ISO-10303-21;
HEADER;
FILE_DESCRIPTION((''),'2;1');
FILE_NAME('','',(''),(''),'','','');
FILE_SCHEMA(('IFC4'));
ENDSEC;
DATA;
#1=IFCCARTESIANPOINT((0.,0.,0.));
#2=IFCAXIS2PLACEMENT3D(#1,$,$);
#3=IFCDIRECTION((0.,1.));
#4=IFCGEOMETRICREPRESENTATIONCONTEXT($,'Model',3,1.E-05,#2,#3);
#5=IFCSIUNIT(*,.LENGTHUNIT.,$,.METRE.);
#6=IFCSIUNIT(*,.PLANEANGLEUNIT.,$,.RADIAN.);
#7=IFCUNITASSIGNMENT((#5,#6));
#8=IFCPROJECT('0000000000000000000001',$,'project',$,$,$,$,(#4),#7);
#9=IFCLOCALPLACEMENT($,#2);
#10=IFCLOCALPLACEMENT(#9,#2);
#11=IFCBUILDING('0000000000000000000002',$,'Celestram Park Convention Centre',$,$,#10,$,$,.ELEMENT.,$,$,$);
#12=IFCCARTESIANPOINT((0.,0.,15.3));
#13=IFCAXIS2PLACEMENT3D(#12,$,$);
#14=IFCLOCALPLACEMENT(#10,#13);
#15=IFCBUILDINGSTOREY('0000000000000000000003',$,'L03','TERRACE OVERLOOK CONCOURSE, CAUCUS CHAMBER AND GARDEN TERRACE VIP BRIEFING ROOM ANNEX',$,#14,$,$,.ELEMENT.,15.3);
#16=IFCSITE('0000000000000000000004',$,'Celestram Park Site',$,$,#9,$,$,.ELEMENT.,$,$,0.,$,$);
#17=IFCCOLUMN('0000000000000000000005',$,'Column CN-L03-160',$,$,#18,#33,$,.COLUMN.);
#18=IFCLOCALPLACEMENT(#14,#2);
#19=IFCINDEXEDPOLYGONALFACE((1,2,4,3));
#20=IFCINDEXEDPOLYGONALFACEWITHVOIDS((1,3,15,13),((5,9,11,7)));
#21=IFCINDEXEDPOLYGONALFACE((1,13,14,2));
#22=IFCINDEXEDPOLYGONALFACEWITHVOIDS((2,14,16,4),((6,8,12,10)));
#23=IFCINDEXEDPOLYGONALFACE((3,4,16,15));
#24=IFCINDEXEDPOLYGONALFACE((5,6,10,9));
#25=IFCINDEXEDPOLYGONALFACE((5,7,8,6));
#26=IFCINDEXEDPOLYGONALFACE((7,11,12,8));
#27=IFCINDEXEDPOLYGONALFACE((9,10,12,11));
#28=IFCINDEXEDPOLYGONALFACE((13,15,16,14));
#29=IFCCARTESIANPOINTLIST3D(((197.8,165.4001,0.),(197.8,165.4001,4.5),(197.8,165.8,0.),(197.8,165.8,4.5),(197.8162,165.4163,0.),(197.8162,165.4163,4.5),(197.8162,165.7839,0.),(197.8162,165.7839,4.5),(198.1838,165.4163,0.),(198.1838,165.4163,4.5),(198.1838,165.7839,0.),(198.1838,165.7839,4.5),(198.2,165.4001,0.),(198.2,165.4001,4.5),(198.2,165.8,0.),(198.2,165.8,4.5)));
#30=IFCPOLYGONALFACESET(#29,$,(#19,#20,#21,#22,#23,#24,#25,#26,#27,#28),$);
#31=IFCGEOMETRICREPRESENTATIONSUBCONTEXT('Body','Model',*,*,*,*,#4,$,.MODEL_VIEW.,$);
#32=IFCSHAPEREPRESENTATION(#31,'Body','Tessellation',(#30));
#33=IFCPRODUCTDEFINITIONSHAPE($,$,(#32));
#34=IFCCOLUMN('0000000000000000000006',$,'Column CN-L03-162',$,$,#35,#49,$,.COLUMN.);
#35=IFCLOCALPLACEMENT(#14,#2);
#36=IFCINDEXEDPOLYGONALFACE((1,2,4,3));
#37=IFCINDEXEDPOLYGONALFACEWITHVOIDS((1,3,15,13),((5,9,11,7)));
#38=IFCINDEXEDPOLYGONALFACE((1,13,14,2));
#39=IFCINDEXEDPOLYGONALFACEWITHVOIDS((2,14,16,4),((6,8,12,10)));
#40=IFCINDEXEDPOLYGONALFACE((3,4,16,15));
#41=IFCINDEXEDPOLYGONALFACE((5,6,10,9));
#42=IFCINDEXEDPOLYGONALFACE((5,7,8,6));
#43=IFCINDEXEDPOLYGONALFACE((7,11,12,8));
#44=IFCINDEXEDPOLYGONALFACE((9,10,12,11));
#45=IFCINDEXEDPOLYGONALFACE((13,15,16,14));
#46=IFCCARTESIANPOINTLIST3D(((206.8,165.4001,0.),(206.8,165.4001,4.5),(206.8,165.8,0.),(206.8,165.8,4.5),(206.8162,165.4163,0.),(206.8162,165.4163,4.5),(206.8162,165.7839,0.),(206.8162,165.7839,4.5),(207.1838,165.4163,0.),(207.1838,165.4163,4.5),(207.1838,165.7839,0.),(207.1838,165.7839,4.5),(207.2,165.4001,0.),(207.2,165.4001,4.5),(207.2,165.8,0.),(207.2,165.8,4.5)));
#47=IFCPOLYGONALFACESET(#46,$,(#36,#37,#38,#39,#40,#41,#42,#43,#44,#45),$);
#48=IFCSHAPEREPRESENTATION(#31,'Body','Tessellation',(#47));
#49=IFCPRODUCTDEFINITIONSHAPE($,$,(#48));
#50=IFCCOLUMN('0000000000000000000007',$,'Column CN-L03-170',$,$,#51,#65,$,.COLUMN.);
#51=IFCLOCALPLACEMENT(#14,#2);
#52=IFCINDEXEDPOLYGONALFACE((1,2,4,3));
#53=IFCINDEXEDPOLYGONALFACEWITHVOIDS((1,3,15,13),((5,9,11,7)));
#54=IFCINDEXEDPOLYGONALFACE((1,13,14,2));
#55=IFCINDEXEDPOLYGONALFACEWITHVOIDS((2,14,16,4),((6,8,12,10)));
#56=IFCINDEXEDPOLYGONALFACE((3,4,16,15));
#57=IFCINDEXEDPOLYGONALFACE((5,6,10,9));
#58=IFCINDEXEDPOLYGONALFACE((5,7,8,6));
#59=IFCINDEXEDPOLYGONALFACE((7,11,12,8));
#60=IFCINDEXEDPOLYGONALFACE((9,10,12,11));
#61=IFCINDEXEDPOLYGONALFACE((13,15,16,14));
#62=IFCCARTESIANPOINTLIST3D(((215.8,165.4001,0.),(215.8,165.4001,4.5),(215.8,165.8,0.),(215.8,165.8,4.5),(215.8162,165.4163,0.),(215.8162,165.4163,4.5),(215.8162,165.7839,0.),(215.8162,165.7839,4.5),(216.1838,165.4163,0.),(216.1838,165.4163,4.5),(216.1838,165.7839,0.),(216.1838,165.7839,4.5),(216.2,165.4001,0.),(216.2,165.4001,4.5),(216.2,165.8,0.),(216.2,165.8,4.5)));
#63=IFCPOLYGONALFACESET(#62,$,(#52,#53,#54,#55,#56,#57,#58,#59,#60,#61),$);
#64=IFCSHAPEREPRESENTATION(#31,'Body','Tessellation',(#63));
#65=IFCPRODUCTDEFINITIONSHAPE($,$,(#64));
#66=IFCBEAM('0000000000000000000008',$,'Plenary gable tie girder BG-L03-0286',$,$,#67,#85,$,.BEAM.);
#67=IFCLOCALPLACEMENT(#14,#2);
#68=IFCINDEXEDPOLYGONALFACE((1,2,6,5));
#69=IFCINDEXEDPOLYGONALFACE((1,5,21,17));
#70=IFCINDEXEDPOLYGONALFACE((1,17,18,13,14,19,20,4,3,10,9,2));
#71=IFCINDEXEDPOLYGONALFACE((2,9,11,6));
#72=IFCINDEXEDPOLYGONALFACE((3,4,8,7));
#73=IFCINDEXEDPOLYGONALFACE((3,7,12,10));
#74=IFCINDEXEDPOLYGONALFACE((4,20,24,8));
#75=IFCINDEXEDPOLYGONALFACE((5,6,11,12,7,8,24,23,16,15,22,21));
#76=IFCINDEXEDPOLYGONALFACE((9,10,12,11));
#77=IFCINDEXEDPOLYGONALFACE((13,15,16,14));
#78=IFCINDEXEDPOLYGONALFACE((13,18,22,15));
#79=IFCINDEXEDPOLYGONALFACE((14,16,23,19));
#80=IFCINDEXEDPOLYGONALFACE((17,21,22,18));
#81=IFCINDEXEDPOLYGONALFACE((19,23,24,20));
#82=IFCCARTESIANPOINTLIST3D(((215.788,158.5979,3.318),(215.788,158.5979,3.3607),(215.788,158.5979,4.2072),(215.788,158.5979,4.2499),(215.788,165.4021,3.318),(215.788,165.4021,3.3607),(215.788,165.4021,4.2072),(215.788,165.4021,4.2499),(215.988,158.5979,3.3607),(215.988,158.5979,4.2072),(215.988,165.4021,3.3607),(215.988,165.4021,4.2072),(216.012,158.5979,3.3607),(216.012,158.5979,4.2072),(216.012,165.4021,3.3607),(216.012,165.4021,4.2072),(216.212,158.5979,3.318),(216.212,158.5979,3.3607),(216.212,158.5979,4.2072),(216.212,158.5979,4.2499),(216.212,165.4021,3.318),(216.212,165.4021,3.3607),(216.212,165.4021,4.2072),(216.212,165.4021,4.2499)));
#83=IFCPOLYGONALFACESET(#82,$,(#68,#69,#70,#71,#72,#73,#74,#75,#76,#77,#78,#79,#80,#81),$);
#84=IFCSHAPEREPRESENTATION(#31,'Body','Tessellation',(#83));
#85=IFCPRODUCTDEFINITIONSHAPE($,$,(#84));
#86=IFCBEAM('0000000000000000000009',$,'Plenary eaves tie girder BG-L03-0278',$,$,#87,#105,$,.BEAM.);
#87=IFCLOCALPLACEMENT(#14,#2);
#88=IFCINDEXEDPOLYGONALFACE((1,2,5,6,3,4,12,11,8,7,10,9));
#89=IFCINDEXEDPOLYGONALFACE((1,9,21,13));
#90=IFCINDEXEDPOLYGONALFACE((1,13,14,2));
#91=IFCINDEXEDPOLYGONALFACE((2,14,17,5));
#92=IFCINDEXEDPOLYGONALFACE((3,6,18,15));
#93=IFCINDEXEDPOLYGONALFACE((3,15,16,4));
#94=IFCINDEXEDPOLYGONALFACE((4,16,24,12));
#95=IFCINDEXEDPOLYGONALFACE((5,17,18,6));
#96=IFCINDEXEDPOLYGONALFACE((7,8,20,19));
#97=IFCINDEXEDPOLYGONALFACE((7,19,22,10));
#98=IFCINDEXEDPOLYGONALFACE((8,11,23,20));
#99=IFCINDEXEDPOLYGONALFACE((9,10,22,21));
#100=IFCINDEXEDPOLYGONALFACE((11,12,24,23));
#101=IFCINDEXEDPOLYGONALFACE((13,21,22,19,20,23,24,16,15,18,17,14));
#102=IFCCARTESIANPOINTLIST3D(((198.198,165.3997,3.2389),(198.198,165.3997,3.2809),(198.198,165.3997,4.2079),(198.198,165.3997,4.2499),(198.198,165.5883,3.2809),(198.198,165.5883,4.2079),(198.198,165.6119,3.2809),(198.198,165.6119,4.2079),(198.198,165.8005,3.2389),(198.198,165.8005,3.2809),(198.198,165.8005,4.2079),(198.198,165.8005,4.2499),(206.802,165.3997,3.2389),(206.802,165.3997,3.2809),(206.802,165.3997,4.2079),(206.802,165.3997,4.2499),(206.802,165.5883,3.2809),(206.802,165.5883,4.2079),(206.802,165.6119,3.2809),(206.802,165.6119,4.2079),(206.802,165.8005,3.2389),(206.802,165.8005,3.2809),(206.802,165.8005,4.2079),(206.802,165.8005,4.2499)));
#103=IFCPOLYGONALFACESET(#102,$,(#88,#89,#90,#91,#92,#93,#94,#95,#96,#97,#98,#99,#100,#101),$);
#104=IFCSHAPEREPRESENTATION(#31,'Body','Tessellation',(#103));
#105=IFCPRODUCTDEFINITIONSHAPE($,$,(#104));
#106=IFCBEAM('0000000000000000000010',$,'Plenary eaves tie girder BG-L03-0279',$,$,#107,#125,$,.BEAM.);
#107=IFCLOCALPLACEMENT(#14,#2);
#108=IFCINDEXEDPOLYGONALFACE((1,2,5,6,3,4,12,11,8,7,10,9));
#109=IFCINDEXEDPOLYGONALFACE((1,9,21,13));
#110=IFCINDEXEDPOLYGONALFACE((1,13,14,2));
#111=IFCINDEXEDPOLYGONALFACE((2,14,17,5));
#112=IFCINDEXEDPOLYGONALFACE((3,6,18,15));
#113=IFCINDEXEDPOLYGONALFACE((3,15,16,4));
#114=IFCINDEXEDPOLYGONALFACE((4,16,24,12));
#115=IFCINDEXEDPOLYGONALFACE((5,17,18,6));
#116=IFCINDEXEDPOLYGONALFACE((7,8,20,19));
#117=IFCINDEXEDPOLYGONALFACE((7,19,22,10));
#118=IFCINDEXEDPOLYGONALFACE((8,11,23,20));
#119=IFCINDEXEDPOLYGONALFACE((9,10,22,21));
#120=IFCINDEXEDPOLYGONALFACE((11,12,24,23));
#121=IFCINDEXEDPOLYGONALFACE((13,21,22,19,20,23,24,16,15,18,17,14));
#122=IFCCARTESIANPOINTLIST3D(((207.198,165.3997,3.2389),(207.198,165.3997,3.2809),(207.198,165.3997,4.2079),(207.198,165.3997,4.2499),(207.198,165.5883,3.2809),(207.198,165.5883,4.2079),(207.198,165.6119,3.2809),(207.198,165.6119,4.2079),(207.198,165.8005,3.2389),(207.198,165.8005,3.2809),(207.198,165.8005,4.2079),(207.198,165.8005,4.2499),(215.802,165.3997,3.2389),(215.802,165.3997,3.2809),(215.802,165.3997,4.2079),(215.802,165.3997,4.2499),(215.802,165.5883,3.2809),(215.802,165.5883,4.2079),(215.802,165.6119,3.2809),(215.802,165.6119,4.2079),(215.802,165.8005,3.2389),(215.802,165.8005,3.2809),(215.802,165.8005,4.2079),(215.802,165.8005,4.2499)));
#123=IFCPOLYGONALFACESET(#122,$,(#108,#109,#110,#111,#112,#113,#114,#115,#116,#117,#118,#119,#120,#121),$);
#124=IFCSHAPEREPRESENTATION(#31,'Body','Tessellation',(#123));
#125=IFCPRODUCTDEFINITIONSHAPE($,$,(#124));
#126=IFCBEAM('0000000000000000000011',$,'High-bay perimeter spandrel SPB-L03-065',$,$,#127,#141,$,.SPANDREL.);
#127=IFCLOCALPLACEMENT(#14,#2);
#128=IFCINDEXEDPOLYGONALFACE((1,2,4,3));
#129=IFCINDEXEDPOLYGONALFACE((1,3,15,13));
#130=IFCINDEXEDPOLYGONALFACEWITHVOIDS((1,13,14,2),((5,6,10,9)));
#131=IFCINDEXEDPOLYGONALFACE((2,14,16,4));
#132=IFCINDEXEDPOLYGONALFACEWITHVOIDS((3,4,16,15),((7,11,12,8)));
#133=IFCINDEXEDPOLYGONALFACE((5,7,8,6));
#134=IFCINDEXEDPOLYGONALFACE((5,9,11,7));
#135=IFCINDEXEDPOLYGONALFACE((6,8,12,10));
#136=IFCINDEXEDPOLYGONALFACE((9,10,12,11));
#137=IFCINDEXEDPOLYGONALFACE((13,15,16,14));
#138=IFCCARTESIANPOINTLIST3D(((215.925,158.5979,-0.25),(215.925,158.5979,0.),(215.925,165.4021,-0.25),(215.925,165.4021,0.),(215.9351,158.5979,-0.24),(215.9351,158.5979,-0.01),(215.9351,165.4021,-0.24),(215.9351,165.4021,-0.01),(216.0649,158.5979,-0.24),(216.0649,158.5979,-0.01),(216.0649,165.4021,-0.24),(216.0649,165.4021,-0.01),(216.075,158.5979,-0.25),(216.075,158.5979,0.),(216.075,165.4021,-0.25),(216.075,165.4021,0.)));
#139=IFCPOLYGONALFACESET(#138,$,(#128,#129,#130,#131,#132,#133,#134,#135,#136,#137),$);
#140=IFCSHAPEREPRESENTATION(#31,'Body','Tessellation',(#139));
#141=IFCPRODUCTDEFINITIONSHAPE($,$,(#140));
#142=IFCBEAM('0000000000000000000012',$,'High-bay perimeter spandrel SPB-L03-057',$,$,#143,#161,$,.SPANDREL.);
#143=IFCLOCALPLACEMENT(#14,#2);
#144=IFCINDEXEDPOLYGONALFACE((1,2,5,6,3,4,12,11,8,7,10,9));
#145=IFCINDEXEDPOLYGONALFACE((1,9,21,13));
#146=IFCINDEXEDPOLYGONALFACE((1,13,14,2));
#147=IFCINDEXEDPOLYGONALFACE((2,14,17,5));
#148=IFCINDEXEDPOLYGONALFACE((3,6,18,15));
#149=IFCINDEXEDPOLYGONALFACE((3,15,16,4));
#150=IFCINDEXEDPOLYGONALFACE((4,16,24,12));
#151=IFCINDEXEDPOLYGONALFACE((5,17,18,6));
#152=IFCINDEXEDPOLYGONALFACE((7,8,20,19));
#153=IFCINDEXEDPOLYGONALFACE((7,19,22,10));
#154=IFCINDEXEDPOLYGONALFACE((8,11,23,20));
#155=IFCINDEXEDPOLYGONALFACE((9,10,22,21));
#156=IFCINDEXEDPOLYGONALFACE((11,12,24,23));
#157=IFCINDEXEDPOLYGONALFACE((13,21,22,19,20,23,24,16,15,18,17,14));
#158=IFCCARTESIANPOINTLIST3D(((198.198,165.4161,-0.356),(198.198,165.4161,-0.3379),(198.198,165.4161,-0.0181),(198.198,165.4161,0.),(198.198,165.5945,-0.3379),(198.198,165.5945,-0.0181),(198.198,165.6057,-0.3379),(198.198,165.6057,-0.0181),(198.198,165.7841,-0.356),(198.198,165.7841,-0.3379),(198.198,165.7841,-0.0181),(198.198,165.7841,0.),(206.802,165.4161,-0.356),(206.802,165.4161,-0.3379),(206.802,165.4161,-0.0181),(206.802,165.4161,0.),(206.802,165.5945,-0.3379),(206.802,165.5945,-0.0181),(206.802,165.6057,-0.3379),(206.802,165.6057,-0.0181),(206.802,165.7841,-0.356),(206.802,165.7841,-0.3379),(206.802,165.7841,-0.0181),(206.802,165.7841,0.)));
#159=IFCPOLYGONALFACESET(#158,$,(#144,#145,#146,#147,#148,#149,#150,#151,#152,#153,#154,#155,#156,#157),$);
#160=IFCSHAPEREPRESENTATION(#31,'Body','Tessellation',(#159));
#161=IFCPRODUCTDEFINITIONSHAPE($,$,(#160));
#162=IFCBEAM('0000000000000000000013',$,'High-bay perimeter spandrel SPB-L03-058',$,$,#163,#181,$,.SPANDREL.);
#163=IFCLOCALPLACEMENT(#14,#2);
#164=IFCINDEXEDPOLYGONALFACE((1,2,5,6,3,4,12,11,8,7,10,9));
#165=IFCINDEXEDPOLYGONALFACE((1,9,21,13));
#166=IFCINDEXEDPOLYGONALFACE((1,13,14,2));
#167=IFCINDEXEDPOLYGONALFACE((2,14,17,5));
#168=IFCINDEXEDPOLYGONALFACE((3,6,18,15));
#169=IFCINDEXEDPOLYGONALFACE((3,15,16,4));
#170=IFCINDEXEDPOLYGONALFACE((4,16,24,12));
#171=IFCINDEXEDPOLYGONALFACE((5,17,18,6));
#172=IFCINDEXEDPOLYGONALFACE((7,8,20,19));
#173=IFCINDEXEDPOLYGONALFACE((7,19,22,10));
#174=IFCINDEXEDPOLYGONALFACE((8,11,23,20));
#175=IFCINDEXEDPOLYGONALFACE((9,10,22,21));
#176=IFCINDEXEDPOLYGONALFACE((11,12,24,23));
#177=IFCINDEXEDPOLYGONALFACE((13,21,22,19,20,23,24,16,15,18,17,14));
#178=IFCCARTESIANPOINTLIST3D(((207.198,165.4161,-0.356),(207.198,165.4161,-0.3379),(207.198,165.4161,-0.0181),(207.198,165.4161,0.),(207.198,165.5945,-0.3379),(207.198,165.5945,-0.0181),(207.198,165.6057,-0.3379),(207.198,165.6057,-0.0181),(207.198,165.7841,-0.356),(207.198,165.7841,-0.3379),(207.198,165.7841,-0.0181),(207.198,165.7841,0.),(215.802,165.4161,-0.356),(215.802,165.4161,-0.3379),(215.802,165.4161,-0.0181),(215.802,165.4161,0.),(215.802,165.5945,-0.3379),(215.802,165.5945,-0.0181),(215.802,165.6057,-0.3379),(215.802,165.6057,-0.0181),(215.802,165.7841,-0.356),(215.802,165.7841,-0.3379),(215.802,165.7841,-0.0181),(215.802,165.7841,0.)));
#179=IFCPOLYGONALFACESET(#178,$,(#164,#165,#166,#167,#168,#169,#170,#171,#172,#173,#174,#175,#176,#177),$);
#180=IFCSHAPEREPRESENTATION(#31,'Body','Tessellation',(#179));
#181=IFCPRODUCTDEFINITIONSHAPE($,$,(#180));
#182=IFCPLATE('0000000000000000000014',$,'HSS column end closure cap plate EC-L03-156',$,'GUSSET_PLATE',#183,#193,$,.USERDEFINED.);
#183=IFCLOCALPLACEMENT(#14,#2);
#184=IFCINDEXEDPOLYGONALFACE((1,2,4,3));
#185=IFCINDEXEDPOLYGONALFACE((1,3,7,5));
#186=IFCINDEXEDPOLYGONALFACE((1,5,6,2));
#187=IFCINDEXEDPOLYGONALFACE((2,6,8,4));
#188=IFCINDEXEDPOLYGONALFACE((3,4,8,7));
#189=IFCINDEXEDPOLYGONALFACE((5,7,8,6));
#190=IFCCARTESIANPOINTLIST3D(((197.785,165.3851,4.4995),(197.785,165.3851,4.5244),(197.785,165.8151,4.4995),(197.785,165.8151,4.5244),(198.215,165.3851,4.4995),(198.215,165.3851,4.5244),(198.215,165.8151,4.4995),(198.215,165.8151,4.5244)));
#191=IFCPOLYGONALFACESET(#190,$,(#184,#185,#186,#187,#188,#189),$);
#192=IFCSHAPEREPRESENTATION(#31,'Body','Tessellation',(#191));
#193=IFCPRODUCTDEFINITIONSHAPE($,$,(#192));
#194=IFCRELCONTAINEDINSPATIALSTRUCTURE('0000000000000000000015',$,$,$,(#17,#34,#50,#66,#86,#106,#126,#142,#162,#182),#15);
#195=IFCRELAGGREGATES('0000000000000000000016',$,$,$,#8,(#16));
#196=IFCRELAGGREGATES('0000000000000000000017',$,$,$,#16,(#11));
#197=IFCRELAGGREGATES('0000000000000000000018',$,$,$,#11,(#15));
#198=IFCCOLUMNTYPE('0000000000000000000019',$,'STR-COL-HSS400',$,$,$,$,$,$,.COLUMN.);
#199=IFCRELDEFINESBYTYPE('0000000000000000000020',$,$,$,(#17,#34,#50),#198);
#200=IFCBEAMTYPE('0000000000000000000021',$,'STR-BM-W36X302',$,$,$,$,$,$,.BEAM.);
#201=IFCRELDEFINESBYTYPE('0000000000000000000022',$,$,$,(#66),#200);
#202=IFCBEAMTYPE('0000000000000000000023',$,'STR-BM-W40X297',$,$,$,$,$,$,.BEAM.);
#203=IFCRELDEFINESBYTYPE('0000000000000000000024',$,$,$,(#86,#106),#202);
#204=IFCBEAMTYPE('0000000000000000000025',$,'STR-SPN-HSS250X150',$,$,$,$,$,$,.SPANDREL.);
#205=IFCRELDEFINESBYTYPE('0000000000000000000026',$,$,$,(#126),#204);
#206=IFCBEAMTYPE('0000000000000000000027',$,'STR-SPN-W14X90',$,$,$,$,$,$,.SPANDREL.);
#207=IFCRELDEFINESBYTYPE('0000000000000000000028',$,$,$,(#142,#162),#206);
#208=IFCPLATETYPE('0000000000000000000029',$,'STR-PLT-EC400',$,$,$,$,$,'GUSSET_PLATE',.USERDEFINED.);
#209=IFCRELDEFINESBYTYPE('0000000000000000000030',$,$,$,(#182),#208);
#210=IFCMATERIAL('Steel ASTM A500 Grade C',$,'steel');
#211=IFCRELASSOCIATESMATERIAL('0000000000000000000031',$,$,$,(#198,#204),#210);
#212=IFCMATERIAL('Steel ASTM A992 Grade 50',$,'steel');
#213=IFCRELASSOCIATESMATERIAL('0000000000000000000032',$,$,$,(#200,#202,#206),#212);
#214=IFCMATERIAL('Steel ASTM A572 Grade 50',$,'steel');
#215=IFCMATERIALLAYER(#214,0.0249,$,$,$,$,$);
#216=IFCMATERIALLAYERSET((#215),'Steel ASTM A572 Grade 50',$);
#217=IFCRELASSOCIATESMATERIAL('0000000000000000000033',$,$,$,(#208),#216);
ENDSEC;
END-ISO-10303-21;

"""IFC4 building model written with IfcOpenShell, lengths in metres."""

from ifc_helpers import new_model, si_unit, direction, frame, origin, origin_2d, place, context, subcontext, project, spatial, rectangle, hollow_rectangle, i_section, extrude, material, layer, layer_set, material_profile, profile_set, type_object, element, save


model = new_model("IFC4")

# Units and contexts
model_context = context("Model", 3, precision=1e-05, world=origin(), true_north=direction((0.0, 1.0)))
body_context = subcontext(model_context, "Body", "Model", "MODEL_VIEW")
ifc_project = project(units=[si_unit("LENGTHUNIT", "METRE"), si_unit("PLANEANGLEUNIT", "RADIAN")], contexts=[model_context])

# Site, building, storey
site_placement = place(None, origin())
site = spatial("IfcSite", under=ifc_project, at=site_placement, Name="Celestram Park Site", CompositionType="ELEMENT", RefElevation=0.0)
building_placement = place(site_placement, origin())
building = spatial("IfcBuilding", under=site, at=building_placement, Name="Celestram Park Convention Centre", CompositionType="ELEMENT")
storey_placement = place(building_placement, frame((0.0, 0.0, 15.3)))
storey = spatial("IfcBuildingStorey", under=building, at=storey_placement, Name="L03", Description="TERRACE OVERLOOK CONCOURSE, CAUCUS CHAMBER AND GARDEN TERRACE VIP BRIEFING ROOM ANNEX", CompositionType="ELEMENT", Elevation=15.3)

# Columns
ifc_material_1 = material(Name="Steel ASTM A500 Grade C", Category="steel")
ifc_material_profile_1 = material_profile(ifc_material_1, hollow_rectangle(XDim=0.3999, YDim=0.3999, WallThickness=0.0161, at=origin_2d()), Name="HSS400X400X16")
ifc_profile_set_1 = profile_set([ifc_material_profile_1], Name="Steel ASTM A500 Grade C")
column_type = type_object("IfcColumnType", Name="STR-COL-HSS400", PredefinedType="COLUMN", material=ifc_profile_set_1)
for number, where, z_axis, x_axis, name in (
    (1, (198.0, 165.6001, 0.0), (0.0, 0.0, 1.0), (1.0, 0.0, 0.0), "Column CN-L03-160"),
    (2, (207.0, 165.6001, 0.0), (0.0, 0.0, 1.0), (1.0, 0.0, 0.0), "Column CN-L03-162"),
    (3, (216.0, 165.6001, 0.0), (0.0, 0.0, 1.0), (1.0, 0.0, 0.0), "Column CN-L03-170"),
):
    element("IfcColumn", number, at=place(storey_placement, frame(where, z_axis=z_axis, x_axis=x_axis)), inside=storey, type_object=column_type, Name=name, PredefinedType="COLUMN", context=body_context, shape_type="SweptSolid", body=[
        extrude(hollow_rectangle(XDim=0.3999, YDim=0.3999, WallThickness=0.0161, at=origin_2d()), origin(), (0.0, 0.0, 1.0), 4.5),
    ])

# Beams
ifc_material_2 = material(Name="Steel ASTM A992 Grade 50", Category="steel")
ifc_material_profile_2 = material_profile(ifc_material_2, i_section(OverallWidth=0.4241, OverallDepth=0.9319, WebThickness=0.0239, FlangeThickness=0.0427, at=origin_2d()), Name="W36X302")
ifc_profile_set_2 = profile_set([ifc_material_profile_2], Name="Steel ASTM A992 Grade 50")
beam_type_1 = type_object("IfcBeamType", Name="STR-BM-W36X302", PredefinedType="BEAM", material=ifc_profile_set_2)
beam_1_placement = place(storey_placement, frame((216.0, 158.5979, 3.7839), z_axis=(0.0, 1.0, 0.0), x_axis=(-1.0, 0.0, 0.0)))
element("IfcBeam", 4, at=beam_1_placement, inside=storey, type_object=beam_type_1, Name="Plenary gable tie girder BG-L03-0286", PredefinedType="BEAM", context=body_context, shape_type="SweptSolid", body=[
    extrude(i_section(OverallWidth=0.4241, OverallDepth=0.9319, WebThickness=0.0239, FlangeThickness=0.0427, at=origin_2d()), origin(), (0.0, 0.0, 1.0), 6.8042),
])
ifc_material_profile_3 = material_profile(ifc_material_2, i_section(OverallWidth=0.4009, OverallDepth=1.011, WebThickness=0.0237, FlangeThickness=0.042, at=origin_2d()), Name="W40X297")
ifc_profile_set_3 = profile_set([ifc_material_profile_3], Name="Steel ASTM A992 Grade 50")
beam_type_2 = type_object("IfcBeamType", Name="STR-BM-W40X297", PredefinedType="BEAM", material=ifc_profile_set_3)
for number, where, z_axis, x_axis, name in (
    (5, (198.198, 165.6001, 3.7444), (1.0, 0.0, 0.0), (0.0, 1.0, 0.0), "Plenary eaves tie girder BG-L03-0278"),
    (6, (207.198, 165.6001, 3.7444), (1.0, 0.0, 0.0), (0.0, 1.0, 0.0), "Plenary eaves tie girder BG-L03-0279"),
):
    element("IfcBeam", number, at=place(storey_placement, frame(where, z_axis=z_axis, x_axis=x_axis)), inside=storey, type_object=beam_type_2, Name=name, PredefinedType="BEAM", context=body_context, shape_type="SweptSolid", body=[
        extrude(i_section(OverallWidth=0.4009, OverallDepth=1.011, WebThickness=0.0237, FlangeThickness=0.042, at=origin_2d()), origin(), (0.0, 0.0, 1.0), 8.604),
    ])
ifc_material_profile_4 = material_profile(ifc_material_1, hollow_rectangle(XDim=0.1499, YDim=0.25, WallThickness=0.01, at=origin_2d()), Name="HSS250X150X10")
ifc_profile_set_4 = profile_set([ifc_material_profile_4], Name="Steel ASTM A500 Grade C")
beam_type_3 = type_object("IfcBeamType", Name="STR-SPN-HSS250X150", PredefinedType="SPANDREL", material=ifc_profile_set_4)
beam_2_placement = place(storey_placement, frame((216.0, 158.5979, -0.125), z_axis=(0.0, 1.0, 0.0), x_axis=(-1.0, 0.0, 0.0)))
element("IfcBeam", 7, at=beam_2_placement, inside=storey, type_object=beam_type_3, Name="High-bay perimeter spandrel SPB-L03-065", PredefinedType="SPANDREL", context=body_context, shape_type="SweptSolid", body=[
    extrude(hollow_rectangle(XDim=0.1499, YDim=0.25, WallThickness=0.01, at=origin_2d()), origin(), (0.0, 0.0, 1.0), 6.8042),
])
ifc_material_profile_5 = material_profile(ifc_material_2, i_section(OverallWidth=0.3679, OverallDepth=0.356, WebThickness=0.0112, FlangeThickness=0.0181, at=origin_2d()), Name="W14X90")
ifc_profile_set_5 = profile_set([ifc_material_profile_5], Name="Steel ASTM A992 Grade 50")
beam_type_4 = type_object("IfcBeamType", Name="STR-SPN-W14X90", PredefinedType="SPANDREL", material=ifc_profile_set_5)
for number, where, z_axis, x_axis, name in (
    (8, (198.198, 165.6001, -0.178), (1.0, 0.0, 0.0), (0.0, 1.0, 0.0), "High-bay perimeter spandrel SPB-L03-057"),
    (9, (207.198, 165.6001, -0.178), (1.0, 0.0, 0.0), (0.0, 1.0, 0.0), "High-bay perimeter spandrel SPB-L03-058"),
):
    element("IfcBeam", number, at=place(storey_placement, frame(where, z_axis=z_axis, x_axis=x_axis)), inside=storey, type_object=beam_type_4, Name=name, PredefinedType="SPANDREL", context=body_context, shape_type="SweptSolid", body=[
        extrude(i_section(OverallWidth=0.3679, OverallDepth=0.356, WebThickness=0.0112, FlangeThickness=0.0181, at=origin_2d()), origin(), (0.0, 0.0, 1.0), 8.604),
    ])

# Plate
ifc_material_3 = material(Name="Steel ASTM A572 Grade 50", Category="steel")
ifc_layer_1 = layer(ifc_material_3, 0.0249)
ifc_layer_set_1 = layer_set([ifc_layer_1], Name="Steel ASTM A572 Grade 50")
plate_type_1 = type_object("IfcPlateType", Name="STR-PLT-EC400", ElementType="GUSSET_PLATE", PredefinedType="USERDEFINED", material=ifc_layer_set_1)
for number, where, z_axis, x_axis, name in (
    (10, (198.0, 165.6001, 4.4995), (0.0, 0.0, 1.0), (1.0, 0.0, 0.0), "HSS column end closure cap plate EC-L03-156"),
):
    element("IfcPlate", number, at=place(storey_placement, frame(where, z_axis=z_axis, x_axis=x_axis)), inside=storey, type_object=plate_type_1, Name=name, ObjectType="GUSSET_PLATE", PredefinedType="USERDEFINED", context=body_context, shape_type="SweptSolid", body=[
        extrude(rectangle(XDim=0.4299, YDim=0.4299, at=origin_2d()), origin(), (0.0, 0.0, 1.0), 0.0249),
    ])

save(model, "model.ifc")
